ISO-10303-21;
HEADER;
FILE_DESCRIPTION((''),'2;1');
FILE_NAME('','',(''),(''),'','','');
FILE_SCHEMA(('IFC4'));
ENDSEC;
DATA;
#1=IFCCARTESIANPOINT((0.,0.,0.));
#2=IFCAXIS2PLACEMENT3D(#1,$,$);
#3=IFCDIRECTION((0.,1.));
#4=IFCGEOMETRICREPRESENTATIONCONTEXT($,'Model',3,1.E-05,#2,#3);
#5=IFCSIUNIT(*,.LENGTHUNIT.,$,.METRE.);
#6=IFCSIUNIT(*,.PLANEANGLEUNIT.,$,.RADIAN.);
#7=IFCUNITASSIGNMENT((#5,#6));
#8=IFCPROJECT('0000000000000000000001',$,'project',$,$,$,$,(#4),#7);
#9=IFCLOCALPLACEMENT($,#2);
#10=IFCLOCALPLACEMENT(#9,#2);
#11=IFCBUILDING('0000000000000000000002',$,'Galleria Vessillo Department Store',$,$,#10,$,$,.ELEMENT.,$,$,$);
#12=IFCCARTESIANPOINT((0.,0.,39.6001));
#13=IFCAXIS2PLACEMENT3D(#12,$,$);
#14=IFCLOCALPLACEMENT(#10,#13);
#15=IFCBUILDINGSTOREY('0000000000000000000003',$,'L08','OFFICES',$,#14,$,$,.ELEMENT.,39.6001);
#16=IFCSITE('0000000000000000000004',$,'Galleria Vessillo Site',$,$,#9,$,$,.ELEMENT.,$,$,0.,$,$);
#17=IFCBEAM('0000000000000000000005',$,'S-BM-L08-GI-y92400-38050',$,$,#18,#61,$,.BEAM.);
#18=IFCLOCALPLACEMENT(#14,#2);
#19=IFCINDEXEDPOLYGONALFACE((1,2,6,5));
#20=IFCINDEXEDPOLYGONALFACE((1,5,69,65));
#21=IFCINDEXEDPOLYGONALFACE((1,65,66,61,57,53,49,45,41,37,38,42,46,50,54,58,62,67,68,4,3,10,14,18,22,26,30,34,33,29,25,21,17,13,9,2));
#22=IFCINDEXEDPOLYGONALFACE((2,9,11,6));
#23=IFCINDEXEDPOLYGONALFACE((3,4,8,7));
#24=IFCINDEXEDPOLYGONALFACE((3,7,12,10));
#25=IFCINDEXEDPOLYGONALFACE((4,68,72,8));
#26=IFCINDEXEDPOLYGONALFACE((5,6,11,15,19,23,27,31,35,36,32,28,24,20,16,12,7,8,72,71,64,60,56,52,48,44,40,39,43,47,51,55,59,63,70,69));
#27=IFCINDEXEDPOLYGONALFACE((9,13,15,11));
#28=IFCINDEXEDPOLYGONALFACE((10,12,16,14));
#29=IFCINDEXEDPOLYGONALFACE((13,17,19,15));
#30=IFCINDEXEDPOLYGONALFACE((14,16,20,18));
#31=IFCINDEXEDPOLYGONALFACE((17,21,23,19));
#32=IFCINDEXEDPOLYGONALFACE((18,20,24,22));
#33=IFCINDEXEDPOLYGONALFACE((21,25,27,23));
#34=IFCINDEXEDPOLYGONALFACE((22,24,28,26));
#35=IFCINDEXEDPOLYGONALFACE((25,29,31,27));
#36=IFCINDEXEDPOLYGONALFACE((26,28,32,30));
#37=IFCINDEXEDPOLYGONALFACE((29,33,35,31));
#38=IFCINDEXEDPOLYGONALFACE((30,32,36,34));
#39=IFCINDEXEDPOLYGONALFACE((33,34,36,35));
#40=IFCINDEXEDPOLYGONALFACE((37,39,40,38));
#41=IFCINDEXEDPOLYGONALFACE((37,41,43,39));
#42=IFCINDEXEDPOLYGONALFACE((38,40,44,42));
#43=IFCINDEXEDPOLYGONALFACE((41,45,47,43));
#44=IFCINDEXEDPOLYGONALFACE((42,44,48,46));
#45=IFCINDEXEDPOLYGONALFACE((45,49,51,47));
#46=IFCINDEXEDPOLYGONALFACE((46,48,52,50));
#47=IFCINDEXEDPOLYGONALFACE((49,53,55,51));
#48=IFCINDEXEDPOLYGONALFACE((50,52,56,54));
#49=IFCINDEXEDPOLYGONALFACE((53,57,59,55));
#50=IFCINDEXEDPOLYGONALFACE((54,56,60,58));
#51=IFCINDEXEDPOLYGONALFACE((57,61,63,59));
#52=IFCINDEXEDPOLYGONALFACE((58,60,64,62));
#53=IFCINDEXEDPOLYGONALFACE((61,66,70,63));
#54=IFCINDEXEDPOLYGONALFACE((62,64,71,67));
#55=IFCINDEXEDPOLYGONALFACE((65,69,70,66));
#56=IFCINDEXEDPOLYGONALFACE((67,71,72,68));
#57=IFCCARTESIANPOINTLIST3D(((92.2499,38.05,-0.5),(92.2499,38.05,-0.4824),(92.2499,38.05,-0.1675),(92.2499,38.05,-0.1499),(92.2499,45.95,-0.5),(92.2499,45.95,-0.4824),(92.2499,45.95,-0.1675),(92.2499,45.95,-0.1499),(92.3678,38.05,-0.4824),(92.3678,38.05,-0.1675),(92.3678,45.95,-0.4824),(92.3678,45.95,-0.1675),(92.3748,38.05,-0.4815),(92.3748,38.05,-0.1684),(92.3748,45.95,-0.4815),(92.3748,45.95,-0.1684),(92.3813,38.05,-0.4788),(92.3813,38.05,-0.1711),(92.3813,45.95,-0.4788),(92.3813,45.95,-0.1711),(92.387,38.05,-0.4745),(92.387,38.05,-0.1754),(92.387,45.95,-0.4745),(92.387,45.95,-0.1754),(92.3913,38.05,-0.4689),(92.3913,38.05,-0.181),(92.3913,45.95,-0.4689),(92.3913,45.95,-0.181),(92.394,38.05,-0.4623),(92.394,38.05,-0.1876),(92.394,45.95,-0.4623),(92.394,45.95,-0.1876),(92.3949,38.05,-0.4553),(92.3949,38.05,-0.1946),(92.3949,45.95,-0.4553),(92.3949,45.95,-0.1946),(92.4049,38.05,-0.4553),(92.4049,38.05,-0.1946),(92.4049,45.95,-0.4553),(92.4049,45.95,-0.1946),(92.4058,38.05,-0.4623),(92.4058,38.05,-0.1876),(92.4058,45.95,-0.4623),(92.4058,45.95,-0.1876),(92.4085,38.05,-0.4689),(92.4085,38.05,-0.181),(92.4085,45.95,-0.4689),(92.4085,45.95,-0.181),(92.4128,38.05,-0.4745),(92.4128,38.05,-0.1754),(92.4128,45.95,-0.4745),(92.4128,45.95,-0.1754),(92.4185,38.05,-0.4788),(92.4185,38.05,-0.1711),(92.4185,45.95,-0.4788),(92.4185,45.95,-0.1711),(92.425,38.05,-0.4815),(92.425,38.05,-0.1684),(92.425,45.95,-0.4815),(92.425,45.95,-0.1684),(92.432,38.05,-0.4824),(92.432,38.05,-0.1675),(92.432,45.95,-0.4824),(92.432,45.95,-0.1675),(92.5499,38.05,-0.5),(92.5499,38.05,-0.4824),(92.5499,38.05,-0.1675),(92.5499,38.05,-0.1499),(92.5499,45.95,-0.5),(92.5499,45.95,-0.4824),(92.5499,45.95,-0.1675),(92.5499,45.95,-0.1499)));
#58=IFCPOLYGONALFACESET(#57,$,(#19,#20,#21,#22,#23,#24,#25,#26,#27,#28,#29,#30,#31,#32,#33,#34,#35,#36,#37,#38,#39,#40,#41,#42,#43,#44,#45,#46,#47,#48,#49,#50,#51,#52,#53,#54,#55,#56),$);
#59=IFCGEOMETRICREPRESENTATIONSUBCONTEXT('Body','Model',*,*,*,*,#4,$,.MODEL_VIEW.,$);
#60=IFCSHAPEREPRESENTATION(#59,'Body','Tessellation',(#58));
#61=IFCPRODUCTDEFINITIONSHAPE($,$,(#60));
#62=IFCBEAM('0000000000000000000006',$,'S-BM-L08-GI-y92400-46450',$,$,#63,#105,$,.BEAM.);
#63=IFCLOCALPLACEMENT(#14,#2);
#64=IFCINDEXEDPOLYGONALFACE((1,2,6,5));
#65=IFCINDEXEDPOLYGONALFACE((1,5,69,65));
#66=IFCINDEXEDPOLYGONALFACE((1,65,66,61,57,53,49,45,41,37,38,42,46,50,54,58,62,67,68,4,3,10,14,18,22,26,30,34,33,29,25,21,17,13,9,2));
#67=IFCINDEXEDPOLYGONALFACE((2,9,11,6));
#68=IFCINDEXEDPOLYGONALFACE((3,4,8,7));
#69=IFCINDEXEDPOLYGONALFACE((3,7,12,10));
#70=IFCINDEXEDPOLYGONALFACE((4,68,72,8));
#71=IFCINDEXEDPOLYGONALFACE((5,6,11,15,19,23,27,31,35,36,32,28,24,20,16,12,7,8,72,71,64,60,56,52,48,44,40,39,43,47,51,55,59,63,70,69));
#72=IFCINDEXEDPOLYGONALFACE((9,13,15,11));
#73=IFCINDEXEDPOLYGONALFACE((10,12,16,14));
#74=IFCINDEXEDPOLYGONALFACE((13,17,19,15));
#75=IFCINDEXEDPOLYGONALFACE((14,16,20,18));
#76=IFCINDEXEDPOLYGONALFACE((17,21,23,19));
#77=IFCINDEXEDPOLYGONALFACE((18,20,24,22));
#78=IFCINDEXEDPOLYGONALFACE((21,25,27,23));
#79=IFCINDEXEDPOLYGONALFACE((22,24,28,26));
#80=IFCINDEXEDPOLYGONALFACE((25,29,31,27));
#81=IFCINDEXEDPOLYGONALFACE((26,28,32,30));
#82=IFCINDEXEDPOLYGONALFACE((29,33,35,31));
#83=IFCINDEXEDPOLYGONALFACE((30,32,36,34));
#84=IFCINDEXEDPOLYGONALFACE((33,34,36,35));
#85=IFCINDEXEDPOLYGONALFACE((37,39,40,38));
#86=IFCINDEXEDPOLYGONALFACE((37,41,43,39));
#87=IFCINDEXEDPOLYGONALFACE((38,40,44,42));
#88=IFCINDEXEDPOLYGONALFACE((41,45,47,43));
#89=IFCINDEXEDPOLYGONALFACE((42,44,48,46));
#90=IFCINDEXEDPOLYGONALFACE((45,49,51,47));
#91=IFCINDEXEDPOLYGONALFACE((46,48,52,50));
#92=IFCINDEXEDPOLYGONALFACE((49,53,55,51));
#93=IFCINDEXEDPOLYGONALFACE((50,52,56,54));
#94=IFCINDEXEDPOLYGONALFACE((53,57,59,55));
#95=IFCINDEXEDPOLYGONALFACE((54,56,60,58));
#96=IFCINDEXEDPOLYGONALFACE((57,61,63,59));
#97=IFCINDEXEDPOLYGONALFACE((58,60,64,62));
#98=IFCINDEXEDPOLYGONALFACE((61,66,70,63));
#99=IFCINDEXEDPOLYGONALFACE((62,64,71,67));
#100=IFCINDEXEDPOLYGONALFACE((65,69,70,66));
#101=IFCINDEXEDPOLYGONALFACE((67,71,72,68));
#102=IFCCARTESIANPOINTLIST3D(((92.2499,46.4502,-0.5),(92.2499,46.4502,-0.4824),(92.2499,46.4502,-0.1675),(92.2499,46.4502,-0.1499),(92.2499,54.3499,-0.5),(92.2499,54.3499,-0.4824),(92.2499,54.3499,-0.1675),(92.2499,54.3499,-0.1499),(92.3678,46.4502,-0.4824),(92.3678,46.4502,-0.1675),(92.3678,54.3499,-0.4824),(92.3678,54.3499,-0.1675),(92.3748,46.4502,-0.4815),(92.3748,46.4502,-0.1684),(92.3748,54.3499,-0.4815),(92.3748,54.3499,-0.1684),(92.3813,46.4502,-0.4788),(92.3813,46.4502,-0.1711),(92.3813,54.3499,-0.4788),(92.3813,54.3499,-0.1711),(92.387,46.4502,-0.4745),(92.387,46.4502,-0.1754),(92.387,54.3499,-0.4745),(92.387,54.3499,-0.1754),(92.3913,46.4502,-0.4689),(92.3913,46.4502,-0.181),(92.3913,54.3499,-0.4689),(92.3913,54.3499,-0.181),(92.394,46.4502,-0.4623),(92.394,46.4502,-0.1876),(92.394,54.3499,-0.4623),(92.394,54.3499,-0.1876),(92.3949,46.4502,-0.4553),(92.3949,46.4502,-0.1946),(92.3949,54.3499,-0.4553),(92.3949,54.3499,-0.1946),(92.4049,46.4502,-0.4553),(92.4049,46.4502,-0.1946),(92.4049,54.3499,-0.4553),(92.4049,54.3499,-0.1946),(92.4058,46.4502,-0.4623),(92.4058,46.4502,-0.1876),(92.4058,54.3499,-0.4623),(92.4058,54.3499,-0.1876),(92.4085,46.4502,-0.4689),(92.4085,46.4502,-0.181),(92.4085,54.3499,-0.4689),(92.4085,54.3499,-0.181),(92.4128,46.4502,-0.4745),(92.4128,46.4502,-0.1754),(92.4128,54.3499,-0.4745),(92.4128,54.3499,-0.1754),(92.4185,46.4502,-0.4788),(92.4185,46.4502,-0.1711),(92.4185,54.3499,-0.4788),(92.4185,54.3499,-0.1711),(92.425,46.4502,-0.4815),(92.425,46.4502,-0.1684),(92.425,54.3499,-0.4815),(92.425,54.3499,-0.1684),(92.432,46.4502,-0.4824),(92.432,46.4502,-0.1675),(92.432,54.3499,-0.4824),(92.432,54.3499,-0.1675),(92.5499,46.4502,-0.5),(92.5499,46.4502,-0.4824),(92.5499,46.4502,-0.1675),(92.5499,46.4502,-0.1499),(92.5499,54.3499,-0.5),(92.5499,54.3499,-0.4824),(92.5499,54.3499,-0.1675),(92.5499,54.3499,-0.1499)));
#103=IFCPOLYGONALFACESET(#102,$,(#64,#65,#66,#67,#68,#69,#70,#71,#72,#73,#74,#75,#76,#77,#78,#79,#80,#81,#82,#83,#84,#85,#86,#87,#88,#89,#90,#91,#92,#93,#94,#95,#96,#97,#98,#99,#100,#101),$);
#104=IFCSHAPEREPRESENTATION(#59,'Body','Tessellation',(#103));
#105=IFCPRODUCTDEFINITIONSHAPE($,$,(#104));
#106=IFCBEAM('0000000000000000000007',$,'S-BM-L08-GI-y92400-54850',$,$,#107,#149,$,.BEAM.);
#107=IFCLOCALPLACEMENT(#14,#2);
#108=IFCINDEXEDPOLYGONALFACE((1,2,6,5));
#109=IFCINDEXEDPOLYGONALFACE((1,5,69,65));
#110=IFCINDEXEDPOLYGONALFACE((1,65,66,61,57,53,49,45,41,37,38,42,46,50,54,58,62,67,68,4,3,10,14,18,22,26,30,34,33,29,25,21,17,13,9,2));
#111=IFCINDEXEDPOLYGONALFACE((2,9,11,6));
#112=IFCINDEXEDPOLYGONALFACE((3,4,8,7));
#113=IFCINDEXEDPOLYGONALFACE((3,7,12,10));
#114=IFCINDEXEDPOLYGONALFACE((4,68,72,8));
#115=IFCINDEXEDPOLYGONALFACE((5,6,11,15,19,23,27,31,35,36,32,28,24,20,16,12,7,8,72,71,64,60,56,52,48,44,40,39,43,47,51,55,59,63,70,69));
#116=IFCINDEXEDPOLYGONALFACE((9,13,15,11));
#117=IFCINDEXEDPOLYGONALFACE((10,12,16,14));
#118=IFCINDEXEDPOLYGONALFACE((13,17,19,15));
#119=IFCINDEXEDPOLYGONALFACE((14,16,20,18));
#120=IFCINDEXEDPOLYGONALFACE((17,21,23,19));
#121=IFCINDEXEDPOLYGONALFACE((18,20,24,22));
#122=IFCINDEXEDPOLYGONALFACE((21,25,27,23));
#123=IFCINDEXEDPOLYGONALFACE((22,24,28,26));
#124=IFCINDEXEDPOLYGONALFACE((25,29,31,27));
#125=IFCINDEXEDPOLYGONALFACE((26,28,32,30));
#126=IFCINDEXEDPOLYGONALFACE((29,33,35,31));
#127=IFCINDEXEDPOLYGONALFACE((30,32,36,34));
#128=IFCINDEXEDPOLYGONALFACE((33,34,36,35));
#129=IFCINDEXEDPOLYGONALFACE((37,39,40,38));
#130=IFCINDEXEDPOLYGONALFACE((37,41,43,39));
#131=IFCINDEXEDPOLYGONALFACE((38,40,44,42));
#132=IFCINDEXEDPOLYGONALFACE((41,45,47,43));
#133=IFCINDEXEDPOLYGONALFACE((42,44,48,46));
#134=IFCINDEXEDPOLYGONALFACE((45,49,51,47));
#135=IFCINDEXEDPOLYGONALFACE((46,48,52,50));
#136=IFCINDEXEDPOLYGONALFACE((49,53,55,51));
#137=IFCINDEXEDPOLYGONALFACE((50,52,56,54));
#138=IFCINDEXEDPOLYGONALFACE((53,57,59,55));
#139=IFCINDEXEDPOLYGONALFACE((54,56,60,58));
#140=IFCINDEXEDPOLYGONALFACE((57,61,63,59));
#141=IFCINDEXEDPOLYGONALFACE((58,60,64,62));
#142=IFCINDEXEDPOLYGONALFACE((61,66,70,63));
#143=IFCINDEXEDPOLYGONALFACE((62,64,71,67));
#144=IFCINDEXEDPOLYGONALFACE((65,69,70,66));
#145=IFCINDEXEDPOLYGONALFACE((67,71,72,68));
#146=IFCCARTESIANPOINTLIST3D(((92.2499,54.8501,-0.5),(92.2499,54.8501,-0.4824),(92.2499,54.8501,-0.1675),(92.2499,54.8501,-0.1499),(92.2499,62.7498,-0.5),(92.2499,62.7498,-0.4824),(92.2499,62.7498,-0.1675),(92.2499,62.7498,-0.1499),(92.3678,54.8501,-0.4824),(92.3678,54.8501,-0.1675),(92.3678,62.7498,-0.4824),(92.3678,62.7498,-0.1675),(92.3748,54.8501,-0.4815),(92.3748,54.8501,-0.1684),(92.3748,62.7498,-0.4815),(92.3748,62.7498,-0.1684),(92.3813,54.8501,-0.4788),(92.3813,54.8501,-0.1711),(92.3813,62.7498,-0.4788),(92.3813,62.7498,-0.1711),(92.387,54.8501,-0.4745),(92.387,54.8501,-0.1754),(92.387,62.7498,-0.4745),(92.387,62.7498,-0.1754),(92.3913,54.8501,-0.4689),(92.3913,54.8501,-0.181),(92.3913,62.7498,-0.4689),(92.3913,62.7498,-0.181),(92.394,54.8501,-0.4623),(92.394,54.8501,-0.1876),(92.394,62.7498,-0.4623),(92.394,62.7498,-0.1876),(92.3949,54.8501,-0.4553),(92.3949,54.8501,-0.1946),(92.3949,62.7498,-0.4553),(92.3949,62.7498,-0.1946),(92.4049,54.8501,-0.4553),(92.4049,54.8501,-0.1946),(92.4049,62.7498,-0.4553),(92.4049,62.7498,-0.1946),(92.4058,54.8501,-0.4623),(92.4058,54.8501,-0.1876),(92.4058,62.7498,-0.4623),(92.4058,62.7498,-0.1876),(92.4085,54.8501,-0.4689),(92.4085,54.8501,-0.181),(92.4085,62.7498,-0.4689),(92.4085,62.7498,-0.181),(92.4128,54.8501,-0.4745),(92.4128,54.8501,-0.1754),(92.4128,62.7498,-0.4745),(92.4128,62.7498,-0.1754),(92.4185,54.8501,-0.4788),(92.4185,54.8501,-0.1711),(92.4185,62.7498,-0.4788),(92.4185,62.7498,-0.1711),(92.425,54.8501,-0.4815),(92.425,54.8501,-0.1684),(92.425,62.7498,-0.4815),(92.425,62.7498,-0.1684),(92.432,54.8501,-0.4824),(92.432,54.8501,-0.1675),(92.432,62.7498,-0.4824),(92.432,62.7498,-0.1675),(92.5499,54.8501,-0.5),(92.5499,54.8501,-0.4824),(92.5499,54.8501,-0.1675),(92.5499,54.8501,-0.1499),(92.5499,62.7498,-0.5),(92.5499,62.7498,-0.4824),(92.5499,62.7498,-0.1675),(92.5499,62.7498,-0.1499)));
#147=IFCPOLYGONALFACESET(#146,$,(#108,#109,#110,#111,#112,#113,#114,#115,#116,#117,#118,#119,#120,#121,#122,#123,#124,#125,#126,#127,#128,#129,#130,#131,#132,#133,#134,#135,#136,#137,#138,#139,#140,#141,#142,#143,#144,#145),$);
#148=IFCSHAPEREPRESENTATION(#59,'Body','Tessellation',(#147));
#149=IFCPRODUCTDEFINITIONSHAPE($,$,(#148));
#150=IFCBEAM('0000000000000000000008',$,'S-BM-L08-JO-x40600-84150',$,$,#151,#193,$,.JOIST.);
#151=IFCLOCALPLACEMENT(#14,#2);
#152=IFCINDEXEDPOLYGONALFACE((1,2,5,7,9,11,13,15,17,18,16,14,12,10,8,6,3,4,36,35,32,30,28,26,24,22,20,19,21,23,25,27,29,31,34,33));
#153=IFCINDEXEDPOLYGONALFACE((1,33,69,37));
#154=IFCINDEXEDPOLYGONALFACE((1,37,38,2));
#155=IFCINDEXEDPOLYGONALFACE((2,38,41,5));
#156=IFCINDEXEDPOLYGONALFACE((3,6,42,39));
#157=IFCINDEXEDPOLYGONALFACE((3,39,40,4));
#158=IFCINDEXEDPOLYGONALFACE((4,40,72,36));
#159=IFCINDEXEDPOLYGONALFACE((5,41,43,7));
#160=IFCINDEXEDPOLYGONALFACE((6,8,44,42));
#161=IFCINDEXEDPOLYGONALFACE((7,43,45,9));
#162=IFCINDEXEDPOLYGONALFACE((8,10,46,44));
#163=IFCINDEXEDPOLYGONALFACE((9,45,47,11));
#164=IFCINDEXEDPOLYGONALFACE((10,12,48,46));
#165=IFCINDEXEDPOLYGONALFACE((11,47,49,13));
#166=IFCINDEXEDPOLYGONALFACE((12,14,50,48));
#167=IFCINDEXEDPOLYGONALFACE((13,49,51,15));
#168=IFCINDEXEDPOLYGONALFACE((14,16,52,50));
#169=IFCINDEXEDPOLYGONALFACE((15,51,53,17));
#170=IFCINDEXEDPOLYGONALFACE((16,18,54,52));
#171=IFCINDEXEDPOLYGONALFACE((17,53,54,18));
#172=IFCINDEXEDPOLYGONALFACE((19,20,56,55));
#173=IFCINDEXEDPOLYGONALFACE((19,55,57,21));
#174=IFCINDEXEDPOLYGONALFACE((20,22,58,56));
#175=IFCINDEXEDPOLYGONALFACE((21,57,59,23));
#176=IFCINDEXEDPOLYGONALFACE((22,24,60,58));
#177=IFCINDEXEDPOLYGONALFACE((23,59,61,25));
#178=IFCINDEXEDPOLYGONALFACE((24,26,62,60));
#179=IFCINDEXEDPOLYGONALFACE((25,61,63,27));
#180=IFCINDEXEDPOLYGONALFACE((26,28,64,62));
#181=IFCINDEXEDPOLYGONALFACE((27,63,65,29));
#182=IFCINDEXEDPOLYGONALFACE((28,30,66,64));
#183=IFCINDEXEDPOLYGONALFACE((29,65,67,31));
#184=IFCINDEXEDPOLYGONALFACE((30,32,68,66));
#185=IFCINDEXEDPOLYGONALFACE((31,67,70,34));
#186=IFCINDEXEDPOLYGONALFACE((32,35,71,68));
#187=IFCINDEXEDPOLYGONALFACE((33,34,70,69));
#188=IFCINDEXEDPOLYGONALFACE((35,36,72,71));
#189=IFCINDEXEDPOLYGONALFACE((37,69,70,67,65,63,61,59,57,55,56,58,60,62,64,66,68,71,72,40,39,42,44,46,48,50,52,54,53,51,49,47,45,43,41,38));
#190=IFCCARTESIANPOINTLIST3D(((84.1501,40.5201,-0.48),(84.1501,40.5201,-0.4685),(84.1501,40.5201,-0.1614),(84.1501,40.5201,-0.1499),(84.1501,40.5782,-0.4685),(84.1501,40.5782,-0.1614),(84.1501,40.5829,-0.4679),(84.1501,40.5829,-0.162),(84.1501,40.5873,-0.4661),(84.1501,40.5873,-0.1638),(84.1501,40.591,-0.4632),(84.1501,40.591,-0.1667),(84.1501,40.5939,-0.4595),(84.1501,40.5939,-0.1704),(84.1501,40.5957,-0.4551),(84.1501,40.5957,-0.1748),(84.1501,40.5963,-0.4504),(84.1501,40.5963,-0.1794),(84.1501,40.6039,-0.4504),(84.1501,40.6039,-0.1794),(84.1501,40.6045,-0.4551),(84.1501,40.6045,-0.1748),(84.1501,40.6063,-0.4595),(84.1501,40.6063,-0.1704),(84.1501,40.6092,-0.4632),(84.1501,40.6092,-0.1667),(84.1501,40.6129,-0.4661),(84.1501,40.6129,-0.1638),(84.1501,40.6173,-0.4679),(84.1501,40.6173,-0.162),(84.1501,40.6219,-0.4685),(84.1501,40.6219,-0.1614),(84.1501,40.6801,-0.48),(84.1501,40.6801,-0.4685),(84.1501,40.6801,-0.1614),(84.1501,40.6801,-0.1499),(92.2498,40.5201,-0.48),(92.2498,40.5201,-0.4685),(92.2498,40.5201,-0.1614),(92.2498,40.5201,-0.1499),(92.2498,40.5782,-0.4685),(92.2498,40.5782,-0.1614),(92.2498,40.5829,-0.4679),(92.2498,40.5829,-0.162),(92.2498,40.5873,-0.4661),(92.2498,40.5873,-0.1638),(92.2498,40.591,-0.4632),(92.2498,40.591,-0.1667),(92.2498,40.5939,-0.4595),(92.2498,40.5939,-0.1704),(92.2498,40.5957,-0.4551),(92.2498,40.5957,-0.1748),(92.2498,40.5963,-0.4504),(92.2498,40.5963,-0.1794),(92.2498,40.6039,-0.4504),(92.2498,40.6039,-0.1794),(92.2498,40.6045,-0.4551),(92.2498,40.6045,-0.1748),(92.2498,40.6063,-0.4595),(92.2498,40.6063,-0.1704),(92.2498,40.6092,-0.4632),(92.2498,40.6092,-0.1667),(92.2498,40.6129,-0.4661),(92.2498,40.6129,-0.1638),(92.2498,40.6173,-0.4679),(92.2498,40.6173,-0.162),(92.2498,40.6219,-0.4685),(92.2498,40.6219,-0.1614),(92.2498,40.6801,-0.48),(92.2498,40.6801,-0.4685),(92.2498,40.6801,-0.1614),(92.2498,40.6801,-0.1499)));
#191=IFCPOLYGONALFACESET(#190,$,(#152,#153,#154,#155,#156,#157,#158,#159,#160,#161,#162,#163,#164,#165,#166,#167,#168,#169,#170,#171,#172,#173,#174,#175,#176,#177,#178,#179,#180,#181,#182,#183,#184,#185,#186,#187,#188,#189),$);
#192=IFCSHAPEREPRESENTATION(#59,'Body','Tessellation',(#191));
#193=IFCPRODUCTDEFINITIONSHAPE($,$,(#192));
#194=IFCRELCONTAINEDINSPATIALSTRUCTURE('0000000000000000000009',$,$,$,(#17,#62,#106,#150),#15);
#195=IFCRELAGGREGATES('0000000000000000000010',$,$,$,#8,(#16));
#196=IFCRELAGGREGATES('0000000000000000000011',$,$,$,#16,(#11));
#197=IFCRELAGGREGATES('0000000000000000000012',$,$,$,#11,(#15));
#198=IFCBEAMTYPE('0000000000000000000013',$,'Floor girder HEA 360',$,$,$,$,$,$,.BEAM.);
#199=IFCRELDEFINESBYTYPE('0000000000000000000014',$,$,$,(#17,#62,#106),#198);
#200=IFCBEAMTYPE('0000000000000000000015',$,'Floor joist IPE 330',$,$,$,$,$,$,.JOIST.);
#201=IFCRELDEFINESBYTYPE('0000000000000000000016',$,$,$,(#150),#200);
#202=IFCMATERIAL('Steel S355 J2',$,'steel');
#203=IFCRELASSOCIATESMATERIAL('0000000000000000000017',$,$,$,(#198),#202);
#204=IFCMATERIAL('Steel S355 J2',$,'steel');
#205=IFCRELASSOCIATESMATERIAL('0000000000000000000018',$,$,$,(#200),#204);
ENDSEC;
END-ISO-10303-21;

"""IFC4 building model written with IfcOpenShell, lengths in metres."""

from ifc_helpers import new_model, si_unit, direction, frame, origin, origin_2d, place, context, subcontext, project, spatial, i_section, extrude, material, material_profile, profile_set, type_object, element, save


model = new_model("IFC4")

# Units and contexts
model_context = context("Model", 3, precision=1e-05, world=origin(), true_north=direction((0.0, 1.0)))
body_context = subcontext(model_context, "Body", "Model", "MODEL_VIEW")
ifc_project = project(units=[si_unit("LENGTHUNIT", "METRE"), si_unit("PLANEANGLEUNIT", "RADIAN")], contexts=[model_context])

# Site, building, storey
site_placement = place(None, origin())
site = spatial("IfcSite", under=ifc_project, at=site_placement, Name="Galleria Vessillo Site", CompositionType="ELEMENT", RefElevation=0.0)
building_placement = place(site_placement, origin())
building = spatial("IfcBuilding", under=site, at=building_placement, Name="Galleria Vessillo Department Store", CompositionType="ELEMENT")
storey_placement = place(building_placement, frame((0.0, 0.0, 39.6001)))
storey = spatial("IfcBuildingStorey", under=building, at=storey_placement, Name="L08", Description="OFFICES", CompositionType="ELEMENT", Elevation=39.6001)

# Beams
ifc_material_1 = material(Name="Steel S355 J2", Category="steel")
ifc_material_profile_1 = material_profile(ifc_material_1, i_section(OverallWidth=0.3, OverallDepth=0.3501, WebThickness=0.01, FlangeThickness=0.0176, FilletRadius=0.0271, at=origin_2d()), Name="HEA 360")
ifc_profile_set_1 = profile_set([ifc_material_profile_1], Name="Steel S355 J2")
beam_type_1 = type_object("IfcBeamType", Name="Floor girder HEA 360", PredefinedType="BEAM", material=ifc_profile_set_1)
beam_1_placement = place(storey_placement, frame((92.3999, 38.05, -0.325), z_axis=(0.0, 1.0, 0.0), x_axis=(-1.0, 0.0, 0.0)))
element("IfcBeam", 1, at=beam_1_placement, inside=storey, type_object=beam_type_1, Name="S-BM-L08-GI-y92400-38050", PredefinedType="BEAM", context=body_context, shape_type="SweptSolid", body=[
    extrude(i_section(OverallWidth=0.3, OverallDepth=0.3501, WebThickness=0.01, FlangeThickness=0.0176, FilletRadius=0.0271, at=origin_2d()), origin(), (0.0, 0.0, 1.0), 7.8999),
])
for number, where, z_axis, x_axis, name in (
    (2, (92.3999, 46.4502, -0.325), (0.0, 1.0, 0.0), (-1.0, 0.0, 0.0), "S-BM-L08-GI-y92400-46450"),
    (3, (92.3999, 54.8501, -0.325), (0.0, 1.0, 0.0), (-1.0, 0.0, 0.0), "S-BM-L08-GI-y92400-54850"),
):
    element("IfcBeam", number, at=place(storey_placement, frame(where, z_axis=z_axis, x_axis=x_axis)), inside=storey, type_object=beam_type_1, Name=name, PredefinedType="BEAM", context=body_context, shape_type="SweptSolid", body=[
        extrude(i_section(OverallWidth=0.3, OverallDepth=0.3501, WebThickness=0.01, FlangeThickness=0.0176, FilletRadius=0.0271, at=origin_2d()), origin(), (0.0, 0.0, 1.0), 7.8997),
    ])
ifc_material_2 = material(Name="Steel S355 J2", Category="steel")
ifc_material_profile_2 = material_profile(ifc_material_2, i_section(OverallWidth=0.1599, OverallDepth=0.3301, WebThickness=0.0076, FlangeThickness=0.0115, FilletRadius=0.0181, at=origin_2d()), Name="IPE 330")
ifc_profile_set_2 = profile_set([ifc_material_profile_2], Name="Steel S355 J2")
beam_type_2 = type_object("IfcBeamType", Name="Floor joist IPE 330", PredefinedType="JOIST", material=ifc_profile_set_2)
for number, where, z_axis, x_axis, name in (
    (4, (84.1501, 40.6001, -0.3149), (1.0, 0.0, 0.0), (0.0, 1.0, 0.0), "S-BM-L08-JO-x40600-84150"),
):
    element("IfcBeam", number, at=place(storey_placement, frame(where, z_axis=z_axis, x_axis=x_axis)), inside=storey, type_object=beam_type_2, Name=name, PredefinedType="JOIST", context=body_context, shape_type="SweptSolid", body=[
        extrude(i_section(OverallWidth=0.1599, OverallDepth=0.3301, WebThickness=0.0076, FlangeThickness=0.0115, FilletRadius=0.0181, at=origin_2d()), origin(), (0.0, 0.0, 1.0), 8.0996),
    ])

save(model, "model.ifc")
